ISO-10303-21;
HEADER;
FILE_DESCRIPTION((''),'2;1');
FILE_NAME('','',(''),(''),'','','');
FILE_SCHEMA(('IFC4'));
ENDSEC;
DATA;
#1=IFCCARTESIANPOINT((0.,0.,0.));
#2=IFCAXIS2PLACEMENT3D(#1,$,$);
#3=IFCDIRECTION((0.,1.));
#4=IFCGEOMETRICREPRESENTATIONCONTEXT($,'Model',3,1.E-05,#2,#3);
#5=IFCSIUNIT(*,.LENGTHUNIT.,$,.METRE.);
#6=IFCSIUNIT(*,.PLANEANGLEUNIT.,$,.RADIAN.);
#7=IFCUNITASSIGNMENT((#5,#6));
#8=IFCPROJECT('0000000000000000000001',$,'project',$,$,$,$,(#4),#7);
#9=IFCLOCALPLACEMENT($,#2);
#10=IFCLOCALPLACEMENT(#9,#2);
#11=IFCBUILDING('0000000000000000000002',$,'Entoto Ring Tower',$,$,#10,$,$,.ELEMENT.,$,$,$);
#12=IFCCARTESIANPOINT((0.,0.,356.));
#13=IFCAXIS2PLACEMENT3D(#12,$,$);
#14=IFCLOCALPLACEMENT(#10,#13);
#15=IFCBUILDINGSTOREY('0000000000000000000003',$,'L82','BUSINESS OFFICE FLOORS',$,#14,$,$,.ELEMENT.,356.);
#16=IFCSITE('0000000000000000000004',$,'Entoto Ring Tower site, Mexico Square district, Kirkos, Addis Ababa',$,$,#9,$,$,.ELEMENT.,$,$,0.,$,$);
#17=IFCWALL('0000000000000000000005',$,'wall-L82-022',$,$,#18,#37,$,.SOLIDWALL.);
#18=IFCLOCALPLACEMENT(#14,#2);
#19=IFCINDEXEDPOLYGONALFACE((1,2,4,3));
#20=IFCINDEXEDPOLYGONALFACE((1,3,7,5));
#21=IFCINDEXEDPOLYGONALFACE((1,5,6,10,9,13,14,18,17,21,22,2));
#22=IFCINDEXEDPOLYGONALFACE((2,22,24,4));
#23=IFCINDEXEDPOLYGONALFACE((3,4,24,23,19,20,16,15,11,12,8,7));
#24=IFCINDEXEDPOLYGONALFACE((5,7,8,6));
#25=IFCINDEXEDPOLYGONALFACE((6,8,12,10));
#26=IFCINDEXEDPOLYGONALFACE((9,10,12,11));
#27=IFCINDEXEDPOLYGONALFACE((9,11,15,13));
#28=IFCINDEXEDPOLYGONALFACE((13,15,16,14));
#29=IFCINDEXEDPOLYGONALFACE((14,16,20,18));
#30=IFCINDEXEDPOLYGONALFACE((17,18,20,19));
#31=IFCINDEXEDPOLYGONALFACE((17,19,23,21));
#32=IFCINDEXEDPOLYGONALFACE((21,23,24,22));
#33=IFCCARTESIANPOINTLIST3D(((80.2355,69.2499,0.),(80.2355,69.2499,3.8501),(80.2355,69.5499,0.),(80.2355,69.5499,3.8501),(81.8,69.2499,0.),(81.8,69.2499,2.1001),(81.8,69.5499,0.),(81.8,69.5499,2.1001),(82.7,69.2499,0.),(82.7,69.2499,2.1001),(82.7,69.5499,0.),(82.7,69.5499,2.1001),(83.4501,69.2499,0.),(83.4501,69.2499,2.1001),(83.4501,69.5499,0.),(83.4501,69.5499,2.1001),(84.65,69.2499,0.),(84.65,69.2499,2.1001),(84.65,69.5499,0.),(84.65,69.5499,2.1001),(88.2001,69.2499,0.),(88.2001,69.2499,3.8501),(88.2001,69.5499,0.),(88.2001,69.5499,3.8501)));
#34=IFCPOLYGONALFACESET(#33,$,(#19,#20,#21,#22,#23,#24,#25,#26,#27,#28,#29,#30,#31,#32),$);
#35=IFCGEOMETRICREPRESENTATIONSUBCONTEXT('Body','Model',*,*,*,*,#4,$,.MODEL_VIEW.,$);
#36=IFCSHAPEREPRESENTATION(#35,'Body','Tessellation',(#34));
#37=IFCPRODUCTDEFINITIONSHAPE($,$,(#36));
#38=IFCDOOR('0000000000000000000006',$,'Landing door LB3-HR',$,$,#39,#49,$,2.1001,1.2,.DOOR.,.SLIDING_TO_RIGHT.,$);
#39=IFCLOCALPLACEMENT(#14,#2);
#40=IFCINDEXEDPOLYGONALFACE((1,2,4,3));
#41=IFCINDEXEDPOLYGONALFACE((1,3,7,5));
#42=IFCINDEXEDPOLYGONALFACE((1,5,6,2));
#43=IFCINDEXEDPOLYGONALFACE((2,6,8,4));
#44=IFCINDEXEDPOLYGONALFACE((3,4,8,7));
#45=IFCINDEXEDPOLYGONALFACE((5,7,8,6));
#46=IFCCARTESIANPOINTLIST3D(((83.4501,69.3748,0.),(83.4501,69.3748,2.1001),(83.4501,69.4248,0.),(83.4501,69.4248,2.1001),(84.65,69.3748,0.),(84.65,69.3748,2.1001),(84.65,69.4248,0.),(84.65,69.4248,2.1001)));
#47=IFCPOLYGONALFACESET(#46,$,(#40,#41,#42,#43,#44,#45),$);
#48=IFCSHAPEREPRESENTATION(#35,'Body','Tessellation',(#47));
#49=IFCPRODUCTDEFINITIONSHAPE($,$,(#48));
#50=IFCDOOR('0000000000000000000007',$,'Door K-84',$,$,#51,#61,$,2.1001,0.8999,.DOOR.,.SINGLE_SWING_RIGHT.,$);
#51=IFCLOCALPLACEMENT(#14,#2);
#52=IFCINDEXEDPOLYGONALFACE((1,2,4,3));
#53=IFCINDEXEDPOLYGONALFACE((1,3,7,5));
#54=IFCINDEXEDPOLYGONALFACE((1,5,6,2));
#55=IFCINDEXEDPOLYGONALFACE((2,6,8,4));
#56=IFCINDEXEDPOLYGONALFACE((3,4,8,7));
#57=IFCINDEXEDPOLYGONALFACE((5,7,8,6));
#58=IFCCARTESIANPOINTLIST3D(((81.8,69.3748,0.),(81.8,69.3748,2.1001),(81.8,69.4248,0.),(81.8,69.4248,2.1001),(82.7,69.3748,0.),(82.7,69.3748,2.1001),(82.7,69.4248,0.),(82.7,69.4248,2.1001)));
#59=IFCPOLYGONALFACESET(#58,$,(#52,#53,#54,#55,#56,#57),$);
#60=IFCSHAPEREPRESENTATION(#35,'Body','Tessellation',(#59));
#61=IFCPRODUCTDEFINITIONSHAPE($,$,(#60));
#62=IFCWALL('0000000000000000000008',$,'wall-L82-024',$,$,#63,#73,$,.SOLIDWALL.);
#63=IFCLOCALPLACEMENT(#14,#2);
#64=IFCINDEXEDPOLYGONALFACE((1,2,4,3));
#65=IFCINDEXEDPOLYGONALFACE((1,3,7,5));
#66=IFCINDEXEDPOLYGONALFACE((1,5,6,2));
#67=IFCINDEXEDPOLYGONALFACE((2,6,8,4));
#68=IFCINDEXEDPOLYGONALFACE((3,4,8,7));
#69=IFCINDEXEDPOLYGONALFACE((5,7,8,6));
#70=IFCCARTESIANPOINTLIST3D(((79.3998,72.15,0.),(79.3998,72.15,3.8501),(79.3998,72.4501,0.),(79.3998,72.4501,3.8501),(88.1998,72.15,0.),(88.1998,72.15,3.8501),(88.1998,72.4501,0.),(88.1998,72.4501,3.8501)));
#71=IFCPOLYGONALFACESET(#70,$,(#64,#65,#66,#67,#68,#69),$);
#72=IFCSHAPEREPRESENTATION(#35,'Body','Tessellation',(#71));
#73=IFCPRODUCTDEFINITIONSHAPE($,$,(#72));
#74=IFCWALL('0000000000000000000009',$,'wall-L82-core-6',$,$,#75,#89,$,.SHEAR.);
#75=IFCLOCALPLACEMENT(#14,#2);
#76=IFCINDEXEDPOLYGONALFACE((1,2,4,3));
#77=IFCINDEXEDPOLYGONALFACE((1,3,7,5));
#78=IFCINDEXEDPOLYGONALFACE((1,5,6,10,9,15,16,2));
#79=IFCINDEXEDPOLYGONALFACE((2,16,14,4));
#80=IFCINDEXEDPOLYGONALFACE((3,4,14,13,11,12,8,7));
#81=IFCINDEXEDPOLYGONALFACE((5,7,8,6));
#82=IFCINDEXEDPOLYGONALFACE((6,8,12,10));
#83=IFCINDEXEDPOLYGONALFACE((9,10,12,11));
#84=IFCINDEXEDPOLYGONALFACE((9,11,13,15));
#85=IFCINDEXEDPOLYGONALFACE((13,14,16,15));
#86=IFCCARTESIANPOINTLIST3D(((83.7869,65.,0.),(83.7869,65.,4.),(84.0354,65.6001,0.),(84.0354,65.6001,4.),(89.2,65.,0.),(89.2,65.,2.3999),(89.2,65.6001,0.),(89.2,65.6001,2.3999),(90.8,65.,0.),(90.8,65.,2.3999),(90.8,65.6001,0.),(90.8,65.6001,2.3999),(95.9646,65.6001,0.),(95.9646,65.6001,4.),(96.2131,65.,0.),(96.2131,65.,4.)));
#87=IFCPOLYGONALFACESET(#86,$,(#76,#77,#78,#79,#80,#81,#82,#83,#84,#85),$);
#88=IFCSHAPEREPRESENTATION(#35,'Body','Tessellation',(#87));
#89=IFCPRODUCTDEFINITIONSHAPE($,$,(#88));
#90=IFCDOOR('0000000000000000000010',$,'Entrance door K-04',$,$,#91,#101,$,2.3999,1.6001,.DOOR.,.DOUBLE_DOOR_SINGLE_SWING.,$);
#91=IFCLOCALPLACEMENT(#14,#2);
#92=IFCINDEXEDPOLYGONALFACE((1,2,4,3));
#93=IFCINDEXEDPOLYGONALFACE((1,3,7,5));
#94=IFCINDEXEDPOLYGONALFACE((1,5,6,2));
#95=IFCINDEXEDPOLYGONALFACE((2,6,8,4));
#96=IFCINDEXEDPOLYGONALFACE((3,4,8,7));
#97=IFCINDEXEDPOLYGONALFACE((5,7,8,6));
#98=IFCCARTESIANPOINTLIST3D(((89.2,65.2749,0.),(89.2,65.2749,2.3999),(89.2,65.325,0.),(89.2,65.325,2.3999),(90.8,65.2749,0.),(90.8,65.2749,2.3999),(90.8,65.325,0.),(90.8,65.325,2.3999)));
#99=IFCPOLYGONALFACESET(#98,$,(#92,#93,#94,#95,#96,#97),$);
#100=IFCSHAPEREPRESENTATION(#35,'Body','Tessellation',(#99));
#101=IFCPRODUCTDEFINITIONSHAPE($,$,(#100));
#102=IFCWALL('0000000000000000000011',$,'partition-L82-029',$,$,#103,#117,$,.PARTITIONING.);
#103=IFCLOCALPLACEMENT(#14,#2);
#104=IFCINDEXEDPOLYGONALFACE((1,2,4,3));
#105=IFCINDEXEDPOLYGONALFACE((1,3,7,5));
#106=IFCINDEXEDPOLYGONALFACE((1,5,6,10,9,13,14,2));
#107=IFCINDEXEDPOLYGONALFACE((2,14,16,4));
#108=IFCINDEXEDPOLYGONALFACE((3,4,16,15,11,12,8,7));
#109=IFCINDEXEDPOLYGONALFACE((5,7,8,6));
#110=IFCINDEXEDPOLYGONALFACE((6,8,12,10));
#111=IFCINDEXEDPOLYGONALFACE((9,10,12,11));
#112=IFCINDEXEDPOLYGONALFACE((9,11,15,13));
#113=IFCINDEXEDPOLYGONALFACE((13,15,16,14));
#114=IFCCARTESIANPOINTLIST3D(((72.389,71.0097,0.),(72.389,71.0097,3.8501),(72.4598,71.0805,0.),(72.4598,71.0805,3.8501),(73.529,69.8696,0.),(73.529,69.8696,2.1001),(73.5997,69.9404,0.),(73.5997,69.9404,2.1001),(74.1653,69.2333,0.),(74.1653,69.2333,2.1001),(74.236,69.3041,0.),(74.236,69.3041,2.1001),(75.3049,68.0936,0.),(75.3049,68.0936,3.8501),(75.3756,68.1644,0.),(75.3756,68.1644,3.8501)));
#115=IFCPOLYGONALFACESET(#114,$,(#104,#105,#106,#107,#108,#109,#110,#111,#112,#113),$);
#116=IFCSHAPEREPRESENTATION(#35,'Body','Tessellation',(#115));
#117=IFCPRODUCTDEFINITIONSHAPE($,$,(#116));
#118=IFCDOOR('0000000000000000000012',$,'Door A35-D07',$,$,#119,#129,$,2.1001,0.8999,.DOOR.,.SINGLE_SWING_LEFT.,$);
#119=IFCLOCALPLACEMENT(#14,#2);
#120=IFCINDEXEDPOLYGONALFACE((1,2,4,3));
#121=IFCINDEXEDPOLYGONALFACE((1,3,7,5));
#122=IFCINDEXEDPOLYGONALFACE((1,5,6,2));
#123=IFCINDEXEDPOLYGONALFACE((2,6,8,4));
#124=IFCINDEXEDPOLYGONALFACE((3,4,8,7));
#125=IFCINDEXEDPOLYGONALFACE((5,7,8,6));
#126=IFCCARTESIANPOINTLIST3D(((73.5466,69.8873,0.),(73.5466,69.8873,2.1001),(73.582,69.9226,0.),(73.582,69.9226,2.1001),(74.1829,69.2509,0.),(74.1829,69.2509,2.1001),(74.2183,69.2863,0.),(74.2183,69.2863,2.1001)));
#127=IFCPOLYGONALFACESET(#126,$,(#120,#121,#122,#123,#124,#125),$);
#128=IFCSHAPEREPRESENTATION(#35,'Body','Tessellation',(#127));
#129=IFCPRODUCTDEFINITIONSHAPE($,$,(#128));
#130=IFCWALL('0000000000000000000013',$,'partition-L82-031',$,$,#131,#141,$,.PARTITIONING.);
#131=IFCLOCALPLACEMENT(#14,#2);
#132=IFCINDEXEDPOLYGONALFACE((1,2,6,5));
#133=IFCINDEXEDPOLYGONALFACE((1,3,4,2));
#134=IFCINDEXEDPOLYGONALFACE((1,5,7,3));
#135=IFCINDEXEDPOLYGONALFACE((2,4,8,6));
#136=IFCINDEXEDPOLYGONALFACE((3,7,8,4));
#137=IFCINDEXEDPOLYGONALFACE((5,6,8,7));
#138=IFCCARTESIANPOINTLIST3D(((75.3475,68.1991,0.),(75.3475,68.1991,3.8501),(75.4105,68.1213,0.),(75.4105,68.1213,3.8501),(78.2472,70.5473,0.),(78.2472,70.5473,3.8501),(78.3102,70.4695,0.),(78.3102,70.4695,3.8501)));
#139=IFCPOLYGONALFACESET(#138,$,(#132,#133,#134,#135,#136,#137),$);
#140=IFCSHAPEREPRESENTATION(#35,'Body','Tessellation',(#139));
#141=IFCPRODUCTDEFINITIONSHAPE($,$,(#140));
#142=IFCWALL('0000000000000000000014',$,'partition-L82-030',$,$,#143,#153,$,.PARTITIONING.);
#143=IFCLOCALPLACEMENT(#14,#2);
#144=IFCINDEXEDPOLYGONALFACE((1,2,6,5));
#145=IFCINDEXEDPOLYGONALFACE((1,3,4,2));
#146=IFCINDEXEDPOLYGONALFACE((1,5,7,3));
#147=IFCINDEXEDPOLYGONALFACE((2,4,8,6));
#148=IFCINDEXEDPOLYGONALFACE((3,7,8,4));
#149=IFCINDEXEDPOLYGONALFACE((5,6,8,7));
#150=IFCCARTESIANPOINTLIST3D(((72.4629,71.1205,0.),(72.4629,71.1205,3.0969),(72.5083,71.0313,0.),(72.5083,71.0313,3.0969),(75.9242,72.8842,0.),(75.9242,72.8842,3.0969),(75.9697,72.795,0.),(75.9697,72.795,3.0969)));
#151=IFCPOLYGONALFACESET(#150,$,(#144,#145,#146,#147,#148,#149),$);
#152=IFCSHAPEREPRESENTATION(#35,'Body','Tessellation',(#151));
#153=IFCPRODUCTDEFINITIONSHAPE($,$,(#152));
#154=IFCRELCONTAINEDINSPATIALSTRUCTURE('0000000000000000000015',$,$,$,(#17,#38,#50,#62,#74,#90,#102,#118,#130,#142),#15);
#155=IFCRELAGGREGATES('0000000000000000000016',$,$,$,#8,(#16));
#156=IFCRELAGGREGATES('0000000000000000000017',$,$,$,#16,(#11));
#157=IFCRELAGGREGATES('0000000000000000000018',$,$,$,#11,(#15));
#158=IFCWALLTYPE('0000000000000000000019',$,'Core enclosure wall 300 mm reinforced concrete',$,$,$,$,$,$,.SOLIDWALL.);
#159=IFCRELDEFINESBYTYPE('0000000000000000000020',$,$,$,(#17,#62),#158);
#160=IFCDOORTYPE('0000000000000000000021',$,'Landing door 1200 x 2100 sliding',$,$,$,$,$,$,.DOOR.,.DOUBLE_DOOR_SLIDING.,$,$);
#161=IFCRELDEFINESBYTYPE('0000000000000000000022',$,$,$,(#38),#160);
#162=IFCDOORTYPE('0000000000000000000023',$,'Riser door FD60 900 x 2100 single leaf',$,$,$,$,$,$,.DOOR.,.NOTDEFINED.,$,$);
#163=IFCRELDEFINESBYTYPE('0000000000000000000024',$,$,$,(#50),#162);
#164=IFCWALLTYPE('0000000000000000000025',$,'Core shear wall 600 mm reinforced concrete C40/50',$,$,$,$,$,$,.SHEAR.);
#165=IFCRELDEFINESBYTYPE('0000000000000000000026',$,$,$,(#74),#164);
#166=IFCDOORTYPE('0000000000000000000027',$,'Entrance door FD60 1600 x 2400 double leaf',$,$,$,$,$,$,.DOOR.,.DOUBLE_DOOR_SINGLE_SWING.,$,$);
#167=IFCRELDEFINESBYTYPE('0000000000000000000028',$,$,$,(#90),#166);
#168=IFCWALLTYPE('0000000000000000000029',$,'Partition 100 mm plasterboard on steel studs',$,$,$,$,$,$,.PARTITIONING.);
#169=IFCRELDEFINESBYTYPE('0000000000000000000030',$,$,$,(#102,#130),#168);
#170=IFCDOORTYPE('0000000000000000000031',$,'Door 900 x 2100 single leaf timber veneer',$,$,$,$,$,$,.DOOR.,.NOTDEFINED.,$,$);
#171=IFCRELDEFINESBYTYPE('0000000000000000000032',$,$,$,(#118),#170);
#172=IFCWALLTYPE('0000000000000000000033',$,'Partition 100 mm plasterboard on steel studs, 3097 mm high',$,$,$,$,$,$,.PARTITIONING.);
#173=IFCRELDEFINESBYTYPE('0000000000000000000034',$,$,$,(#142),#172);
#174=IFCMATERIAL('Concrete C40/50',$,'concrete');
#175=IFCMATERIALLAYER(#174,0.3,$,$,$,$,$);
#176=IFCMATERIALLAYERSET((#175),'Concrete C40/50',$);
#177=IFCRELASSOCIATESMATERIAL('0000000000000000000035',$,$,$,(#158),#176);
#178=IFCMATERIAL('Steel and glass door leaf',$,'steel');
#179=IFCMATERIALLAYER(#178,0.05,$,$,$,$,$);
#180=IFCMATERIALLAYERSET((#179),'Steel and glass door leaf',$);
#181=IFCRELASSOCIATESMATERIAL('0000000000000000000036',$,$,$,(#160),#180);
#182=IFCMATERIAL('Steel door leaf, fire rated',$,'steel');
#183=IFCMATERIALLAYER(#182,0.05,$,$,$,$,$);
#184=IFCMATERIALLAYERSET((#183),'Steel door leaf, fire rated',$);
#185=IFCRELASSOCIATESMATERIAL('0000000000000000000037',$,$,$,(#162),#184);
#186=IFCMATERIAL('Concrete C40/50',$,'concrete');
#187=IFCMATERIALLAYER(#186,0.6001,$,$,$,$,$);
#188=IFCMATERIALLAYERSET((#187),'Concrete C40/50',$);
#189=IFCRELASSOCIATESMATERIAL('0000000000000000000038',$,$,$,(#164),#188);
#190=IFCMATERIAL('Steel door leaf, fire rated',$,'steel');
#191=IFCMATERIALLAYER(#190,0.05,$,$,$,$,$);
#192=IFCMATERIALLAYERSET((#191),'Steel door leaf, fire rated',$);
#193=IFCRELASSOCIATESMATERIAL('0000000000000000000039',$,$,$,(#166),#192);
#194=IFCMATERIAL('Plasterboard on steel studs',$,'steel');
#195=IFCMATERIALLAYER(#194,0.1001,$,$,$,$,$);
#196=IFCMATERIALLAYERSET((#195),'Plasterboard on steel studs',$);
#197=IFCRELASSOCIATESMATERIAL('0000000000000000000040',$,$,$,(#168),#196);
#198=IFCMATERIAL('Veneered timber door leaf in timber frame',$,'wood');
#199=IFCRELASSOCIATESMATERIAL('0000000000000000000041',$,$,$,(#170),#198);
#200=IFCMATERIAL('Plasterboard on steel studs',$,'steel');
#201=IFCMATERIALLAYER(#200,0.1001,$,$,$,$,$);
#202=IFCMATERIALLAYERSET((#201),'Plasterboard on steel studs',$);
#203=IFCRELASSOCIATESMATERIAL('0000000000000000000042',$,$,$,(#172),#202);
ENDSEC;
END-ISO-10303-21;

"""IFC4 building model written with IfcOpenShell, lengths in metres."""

from ifc_helpers import new_model, si_unit, direction, frame, frame_2d, origin, place, context, subcontext, project, spatial, polyline, rectangle, outline, extrude, material, layer, layer_set, type_object, element, fill, save


model = new_model("IFC4")

# Units and contexts
model_context = context("Model", 3, precision=1e-05, world=origin(), true_north=direction((0.0, 1.0)))
body_context = subcontext(model_context, "Body", "Model", "MODEL_VIEW")
ifc_project = project(units=[si_unit("LENGTHUNIT", "METRE"), si_unit("PLANEANGLEUNIT", "RADIAN")], contexts=[model_context])

# Site, building, storey
site_placement = place(None, origin())
site = spatial("IfcSite", under=ifc_project, at=site_placement, Name="Entoto Ring Tower site, Mexico Square district, Kirkos, Addis Ababa", CompositionType="ELEMENT", RefElevation=0.0)
building_placement = place(site_placement, origin())
building = spatial("IfcBuilding", under=site, at=building_placement, Name="Entoto Ring Tower", CompositionType="ELEMENT")
storey_placement = place(building_placement, frame((0.0, 0.0, 356.0)))
storey = spatial("IfcBuildingStorey", under=building, at=storey_placement, Name="L82", Description="BUSINESS OFFICE FLOORS", CompositionType="ELEMENT", Elevation=356.0)

# Shared definitions
ifc_material_1 = material(Name="Concrete C40/50", Category="concrete")
ifc_layer_1 = layer(ifc_material_1, 0.3)
ifc_layer_set_1 = layer_set([ifc_layer_1], Name="Concrete C40/50")
wall_type_1 = type_object("IfcWallType", Name="Core enclosure wall 300 mm reinforced concrete", PredefinedType="SOLIDWALL", material=ifc_layer_set_1)

# Wall, openings, doors
wall_1_placement = place(storey_placement, frame((80.2354, 69.3999, 0.0), z_axis=(0.0, 0.0, 1.0), x_axis=(1.0, 0.0, 0.0)))
wall_1 = element("IfcWall", 1, at=wall_1_placement, inside=storey, type_object=wall_type_1, Name="wall-L82-022", PredefinedType="SOLIDWALL", context=body_context, shape_type="SweptSolid", body=[
    extrude(rectangle(XDim=7.9646, YDim=0.3, at=frame_2d((3.9824, 0.0))), origin(), (0.0, 0.0, 1.0), 3.8501),
])
opening_1_placement = place(wall_1_placement, frame((3.2146, 0.0, 0.0)))
opening_1 = element("IfcOpeningElement", 2, at=opening_1_placement, cuts=wall_1, PredefinedType="OPENING", context=body_context, shape_type="SweptSolid", body=[
    extrude(rectangle(XDim=1.2, YDim=2.1001, at=frame_2d((0.6001, 1.05))), frame((0.0, 0.1602, 0.0), z_axis=(0.0, -1.0, 0.0), x_axis=(1.0, 0.0, 0.0)), (0.0, 0.0, 1.0), 0.3201),
])
opening_2_placement = place(wall_1_placement, frame((1.5647, 0.0, 0.0)))
opening_2 = element("IfcOpeningElement", 3, at=opening_2_placement, cuts=wall_1, PredefinedType="OPENING", context=body_context, shape_type="SweptSolid", body=[
    extrude(rectangle(XDim=0.8999, YDim=2.1001, at=frame_2d((0.45, 1.05))), frame((0.0, 0.1602, 0.0), z_axis=(0.0, -1.0, 0.0), x_axis=(1.0, 0.0, 0.0)), (0.0, 0.0, 1.0), 0.3201),
])
ifc_material_2 = material(Name="Steel and glass door leaf", Category="steel")
ifc_layer_2 = layer(ifc_material_2, 0.05)
ifc_layer_set_2 = layer_set([ifc_layer_2], Name="Steel and glass door leaf")
door_type_1 = type_object("IfcDoorType", Name="Landing door 1200 x 2100 sliding", OperationType="DOUBLE_DOOR_SLIDING", PredefinedType="DOOR", material=ifc_layer_set_2)
door_1_placement = place(opening_1_placement, origin())
door_1 = element("IfcDoor", 4, at=door_1_placement, inside=storey, type_object=door_type_1, Name="Landing door LB3-HR", OperationType="SLIDING_TO_RIGHT", OverallHeight=2.1001, OverallWidth=1.2, PredefinedType="DOOR", context=body_context, shape_type="SweptSolid", body=[
    extrude(rectangle(XDim=1.2, YDim=2.1001, at=frame_2d((0.6001, 1.05))), frame((0.0, 0.0249, 0.0), z_axis=(0.0, -1.0, 0.0), x_axis=(1.0, 0.0, 0.0)), (0.0, 0.0, 1.0), 0.05),
])
fill(opening_1, door_1)
ifc_material_3 = material(Name="Steel door leaf, fire rated", Category="steel")
ifc_layer_3 = layer(ifc_material_3, 0.05)
ifc_layer_set_3 = layer_set([ifc_layer_3], Name="Steel door leaf, fire rated")
door_type_2 = type_object("IfcDoorType", Name="Riser door FD60 900 x 2100 single leaf", OperationType="NOTDEFINED", PredefinedType="DOOR", material=ifc_layer_set_3)
door_2_placement = place(opening_2_placement, origin())
door_2 = element("IfcDoor", 5, at=door_2_placement, inside=storey, type_object=door_type_2, Name="Door K-84", OperationType="SINGLE_SWING_RIGHT", OverallHeight=2.1001, OverallWidth=0.8999, PredefinedType="DOOR", context=body_context, shape_type="SweptSolid", body=[
    extrude(rectangle(XDim=0.8999, YDim=2.1001, at=frame_2d((0.45, 1.05))), frame((0.0, 0.0249, 0.0), z_axis=(0.0, -1.0, 0.0), x_axis=(1.0, 0.0, 0.0)), (0.0, 0.0, 1.0), 0.05),
])
fill(opening_2, door_2)

# Wall
wall_2_placement = place(storey_placement, frame((79.3999, 72.3, 0.0), z_axis=(0.0, 0.0, 1.0), x_axis=(1.0, 0.0, 0.0)))
element("IfcWall", 6, at=wall_2_placement, inside=storey, type_object=wall_type_1, Name="wall-L82-024", PredefinedType="SOLIDWALL", context=body_context, shape_type="SweptSolid", body=[
    extrude(rectangle(XDim=8.8, YDim=0.3, at=frame_2d((4.3999, 0.0))), origin(), (0.0, 0.0, 1.0), 3.8501),
])

# Walls, openings, doors
ifc_material_4 = material(Name="Concrete C40/50", Category="concrete")
ifc_layer_4 = layer(ifc_material_4, 0.6001)
ifc_layer_set_4 = layer_set([ifc_layer_4], Name="Concrete C40/50")
wall_type_2 = type_object("IfcWallType", Name="Core shear wall 600 mm reinforced concrete C40/50", PredefinedType="SHEAR", material=ifc_layer_set_4)
wall_3_placement = place(storey_placement, frame((83.9111, 65.3, 0.0), z_axis=(0.0, 0.0, 1.0), x_axis=(1.0, 0.0, 0.0)))
wall_3 = element("IfcWall", 7, at=wall_3_placement, inside=storey, type_object=wall_type_2, Name="wall-L82-core-6", PredefinedType="SHEAR", context=body_context, shape_type="SweptSolid", body=[
    extrude(outline(polyline([(-0.1243, -0.3), (12.302, -0.3), (12.0535, 0.3), (0.1243, 0.3), (-0.1243, -0.3)])), origin(), (0.0, 0.0, 1.0), 4.0),
])
opening_3_placement = place(wall_3_placement, frame((5.2888, 0.0, 0.0)))
opening_3 = element("IfcOpeningElement", 8, at=opening_3_placement, cuts=wall_3, PredefinedType="OPENING", context=body_context, shape_type="SweptSolid", body=[
    extrude(rectangle(XDim=1.6001, YDim=2.3999, at=frame_2d((0.8, 1.2))), frame((0.0, 0.3101, 0.0), z_axis=(0.0, -1.0, 0.0), x_axis=(1.0, 0.0, 0.0)), (0.0, 0.0, 1.0), 0.6201),
])
ifc_material_5 = material(Name="Steel door leaf, fire rated", Category="steel")
ifc_layer_5 = layer(ifc_material_5, 0.05)
ifc_layer_set_5 = layer_set([ifc_layer_5], Name="Steel door leaf, fire rated")
door_type_3 = type_object("IfcDoorType", Name="Entrance door FD60 1600 x 2400 double leaf", OperationType="DOUBLE_DOOR_SINGLE_SWING", PredefinedType="DOOR", material=ifc_layer_set_5)
door_3_placement = place(opening_3_placement, origin())
door_3 = element("IfcDoor", 9, at=door_3_placement, inside=storey, type_object=door_type_3, Name="Entrance door K-04", OperationType="DOUBLE_DOOR_SINGLE_SWING", OverallHeight=2.3999, OverallWidth=1.6001, PredefinedType="DOOR", context=body_context, shape_type="SweptSolid", body=[
    extrude(rectangle(XDim=1.6001, YDim=2.3999, at=frame_2d((0.8, 1.2))), frame((0.0, 0.0249, 0.0), z_axis=(0.0, -1.0, 0.0), x_axis=(1.0, 0.0, 0.0)), (0.0, 0.0, 1.0), 0.05),
])
fill(opening_3, door_3)
ifc_material_6 = material(Name="Plasterboard on steel studs", Category="steel")
ifc_layer_6 = layer(ifc_material_6, 0.1001)
ifc_layer_set_6 = layer_set([ifc_layer_6], Name="Plasterboard on steel studs")
wall_type_3 = type_object("IfcWallType", Name="Partition 100 mm plasterboard on steel studs", PredefinedType="PARTITIONING", material=ifc_layer_set_6)
wall_4_placement = place(storey_placement, frame((75.3403, 68.1289, 0.0), z_axis=(0.0, 0.0, 1.0), x_axis=(-0.707077, 0.707136, 0.0)))
wall_4 = element("IfcWall", 10, at=wall_4_placement, inside=storey, type_object=wall_type_3, Name="partition-L82-029", PredefinedType="PARTITIONING", context=body_context, shape_type="SweptSolid", body=[
    extrude(rectangle(XDim=4.1238, YDim=0.1001, at=frame_2d((2.062, 0.0))), origin(), (0.0, 0.0, 1.0), 3.8501),
])
opening_4_placement = place(wall_4_placement, frame((1.6118, 0.0, 0.0)))
opening_4 = element("IfcOpeningElement", 11, at=opening_4_placement, cuts=wall_4, PredefinedType="OPENING", context=body_context, shape_type="SweptSolid", body=[
    extrude(rectangle(XDim=0.8999, YDim=2.1001, at=frame_2d((0.45, 1.05))), frame((0.0, 0.0601, 0.0), z_axis=(0.0, -1.0, 0.0), x_axis=(1.0, 0.0, 0.0)), (0.0, 0.0, 1.0), 0.1201),
])
ifc_material_7 = material(Name="Veneered timber door leaf in timber frame", Category="wood")
door_type_4 = type_object("IfcDoorType", Name="Door 900 x 2100 single leaf timber veneer", OperationType="NOTDEFINED", PredefinedType="DOOR", material=ifc_material_7)
door_4_placement = place(opening_4_placement, frame((0.8999, 0.0, 0.0), z_axis=(0.0, 0.0, 1.0), x_axis=(-1.0, 0.0, 0.0)))
door_4 = element("IfcDoor", 12, at=door_4_placement, inside=storey, type_object=door_type_4, Name="Door A35-D07", OperationType="SINGLE_SWING_LEFT", OverallHeight=2.1001, OverallWidth=0.8999, PredefinedType="DOOR", context=body_context, shape_type="SweptSolid", body=[
    extrude(rectangle(XDim=0.8999, YDim=2.1001, at=frame_2d((0.45, 1.05))), frame((0.0, 0.0249, 0.0), z_axis=(0.0, -1.0, 0.0), x_axis=(1.0, 0.0, 0.0)), (0.0, 0.0, 1.0), 0.05),
])
fill(opening_4, door_4)

# Walls
wall_5_placement = place(storey_placement, frame((75.3789, 68.1602, 0.0), z_axis=(0.0, 0.0, 1.0), x_axis=(0.77714, 0.629328, 0.0)))
element("IfcWall", 13, at=wall_5_placement, inside=storey, type_object=wall_type_3, Name="partition-L82-031", PredefinedType="PARTITIONING", context=body_context, shape_type="SweptSolid", body=[
    extrude(rectangle(XDim=3.7312, YDim=0.1001, at=frame_2d((1.8657, 0.0))), origin(), (0.0, 0.0, 1.0), 3.8501),
])
ifc_material_8 = material(Name="Plasterboard on steel studs", Category="steel")
ifc_layer_7 = layer(ifc_material_8, 0.1001)
ifc_layer_set_7 = layer_set([ifc_layer_7], Name="Plasterboard on steel studs")
wall_type_4 = type_object("IfcWallType", Name="Partition 100 mm plasterboard on steel studs, 3097 mm high", PredefinedType="PARTITIONING", material=ifc_layer_set_7)
wall_6_placement = place(storey_placement, frame((72.4856, 71.0759, 0.0), z_axis=(0.0, 0.0, 1.0), x_axis=(0.891008, 0.453988, 0.0)))
element("IfcWall", 14, at=wall_6_placement, inside=storey, type_object=wall_type_4, Name="partition-L82-030", PredefinedType="PARTITIONING", context=body_context, shape_type="SweptSolid", body=[
    extrude(rectangle(XDim=3.8848, YDim=0.1001, at=frame_2d((1.9424, 0.0))), origin(), (0.0, 0.0, 1.0), 3.0969),
])

save(model, "model.ifc")
